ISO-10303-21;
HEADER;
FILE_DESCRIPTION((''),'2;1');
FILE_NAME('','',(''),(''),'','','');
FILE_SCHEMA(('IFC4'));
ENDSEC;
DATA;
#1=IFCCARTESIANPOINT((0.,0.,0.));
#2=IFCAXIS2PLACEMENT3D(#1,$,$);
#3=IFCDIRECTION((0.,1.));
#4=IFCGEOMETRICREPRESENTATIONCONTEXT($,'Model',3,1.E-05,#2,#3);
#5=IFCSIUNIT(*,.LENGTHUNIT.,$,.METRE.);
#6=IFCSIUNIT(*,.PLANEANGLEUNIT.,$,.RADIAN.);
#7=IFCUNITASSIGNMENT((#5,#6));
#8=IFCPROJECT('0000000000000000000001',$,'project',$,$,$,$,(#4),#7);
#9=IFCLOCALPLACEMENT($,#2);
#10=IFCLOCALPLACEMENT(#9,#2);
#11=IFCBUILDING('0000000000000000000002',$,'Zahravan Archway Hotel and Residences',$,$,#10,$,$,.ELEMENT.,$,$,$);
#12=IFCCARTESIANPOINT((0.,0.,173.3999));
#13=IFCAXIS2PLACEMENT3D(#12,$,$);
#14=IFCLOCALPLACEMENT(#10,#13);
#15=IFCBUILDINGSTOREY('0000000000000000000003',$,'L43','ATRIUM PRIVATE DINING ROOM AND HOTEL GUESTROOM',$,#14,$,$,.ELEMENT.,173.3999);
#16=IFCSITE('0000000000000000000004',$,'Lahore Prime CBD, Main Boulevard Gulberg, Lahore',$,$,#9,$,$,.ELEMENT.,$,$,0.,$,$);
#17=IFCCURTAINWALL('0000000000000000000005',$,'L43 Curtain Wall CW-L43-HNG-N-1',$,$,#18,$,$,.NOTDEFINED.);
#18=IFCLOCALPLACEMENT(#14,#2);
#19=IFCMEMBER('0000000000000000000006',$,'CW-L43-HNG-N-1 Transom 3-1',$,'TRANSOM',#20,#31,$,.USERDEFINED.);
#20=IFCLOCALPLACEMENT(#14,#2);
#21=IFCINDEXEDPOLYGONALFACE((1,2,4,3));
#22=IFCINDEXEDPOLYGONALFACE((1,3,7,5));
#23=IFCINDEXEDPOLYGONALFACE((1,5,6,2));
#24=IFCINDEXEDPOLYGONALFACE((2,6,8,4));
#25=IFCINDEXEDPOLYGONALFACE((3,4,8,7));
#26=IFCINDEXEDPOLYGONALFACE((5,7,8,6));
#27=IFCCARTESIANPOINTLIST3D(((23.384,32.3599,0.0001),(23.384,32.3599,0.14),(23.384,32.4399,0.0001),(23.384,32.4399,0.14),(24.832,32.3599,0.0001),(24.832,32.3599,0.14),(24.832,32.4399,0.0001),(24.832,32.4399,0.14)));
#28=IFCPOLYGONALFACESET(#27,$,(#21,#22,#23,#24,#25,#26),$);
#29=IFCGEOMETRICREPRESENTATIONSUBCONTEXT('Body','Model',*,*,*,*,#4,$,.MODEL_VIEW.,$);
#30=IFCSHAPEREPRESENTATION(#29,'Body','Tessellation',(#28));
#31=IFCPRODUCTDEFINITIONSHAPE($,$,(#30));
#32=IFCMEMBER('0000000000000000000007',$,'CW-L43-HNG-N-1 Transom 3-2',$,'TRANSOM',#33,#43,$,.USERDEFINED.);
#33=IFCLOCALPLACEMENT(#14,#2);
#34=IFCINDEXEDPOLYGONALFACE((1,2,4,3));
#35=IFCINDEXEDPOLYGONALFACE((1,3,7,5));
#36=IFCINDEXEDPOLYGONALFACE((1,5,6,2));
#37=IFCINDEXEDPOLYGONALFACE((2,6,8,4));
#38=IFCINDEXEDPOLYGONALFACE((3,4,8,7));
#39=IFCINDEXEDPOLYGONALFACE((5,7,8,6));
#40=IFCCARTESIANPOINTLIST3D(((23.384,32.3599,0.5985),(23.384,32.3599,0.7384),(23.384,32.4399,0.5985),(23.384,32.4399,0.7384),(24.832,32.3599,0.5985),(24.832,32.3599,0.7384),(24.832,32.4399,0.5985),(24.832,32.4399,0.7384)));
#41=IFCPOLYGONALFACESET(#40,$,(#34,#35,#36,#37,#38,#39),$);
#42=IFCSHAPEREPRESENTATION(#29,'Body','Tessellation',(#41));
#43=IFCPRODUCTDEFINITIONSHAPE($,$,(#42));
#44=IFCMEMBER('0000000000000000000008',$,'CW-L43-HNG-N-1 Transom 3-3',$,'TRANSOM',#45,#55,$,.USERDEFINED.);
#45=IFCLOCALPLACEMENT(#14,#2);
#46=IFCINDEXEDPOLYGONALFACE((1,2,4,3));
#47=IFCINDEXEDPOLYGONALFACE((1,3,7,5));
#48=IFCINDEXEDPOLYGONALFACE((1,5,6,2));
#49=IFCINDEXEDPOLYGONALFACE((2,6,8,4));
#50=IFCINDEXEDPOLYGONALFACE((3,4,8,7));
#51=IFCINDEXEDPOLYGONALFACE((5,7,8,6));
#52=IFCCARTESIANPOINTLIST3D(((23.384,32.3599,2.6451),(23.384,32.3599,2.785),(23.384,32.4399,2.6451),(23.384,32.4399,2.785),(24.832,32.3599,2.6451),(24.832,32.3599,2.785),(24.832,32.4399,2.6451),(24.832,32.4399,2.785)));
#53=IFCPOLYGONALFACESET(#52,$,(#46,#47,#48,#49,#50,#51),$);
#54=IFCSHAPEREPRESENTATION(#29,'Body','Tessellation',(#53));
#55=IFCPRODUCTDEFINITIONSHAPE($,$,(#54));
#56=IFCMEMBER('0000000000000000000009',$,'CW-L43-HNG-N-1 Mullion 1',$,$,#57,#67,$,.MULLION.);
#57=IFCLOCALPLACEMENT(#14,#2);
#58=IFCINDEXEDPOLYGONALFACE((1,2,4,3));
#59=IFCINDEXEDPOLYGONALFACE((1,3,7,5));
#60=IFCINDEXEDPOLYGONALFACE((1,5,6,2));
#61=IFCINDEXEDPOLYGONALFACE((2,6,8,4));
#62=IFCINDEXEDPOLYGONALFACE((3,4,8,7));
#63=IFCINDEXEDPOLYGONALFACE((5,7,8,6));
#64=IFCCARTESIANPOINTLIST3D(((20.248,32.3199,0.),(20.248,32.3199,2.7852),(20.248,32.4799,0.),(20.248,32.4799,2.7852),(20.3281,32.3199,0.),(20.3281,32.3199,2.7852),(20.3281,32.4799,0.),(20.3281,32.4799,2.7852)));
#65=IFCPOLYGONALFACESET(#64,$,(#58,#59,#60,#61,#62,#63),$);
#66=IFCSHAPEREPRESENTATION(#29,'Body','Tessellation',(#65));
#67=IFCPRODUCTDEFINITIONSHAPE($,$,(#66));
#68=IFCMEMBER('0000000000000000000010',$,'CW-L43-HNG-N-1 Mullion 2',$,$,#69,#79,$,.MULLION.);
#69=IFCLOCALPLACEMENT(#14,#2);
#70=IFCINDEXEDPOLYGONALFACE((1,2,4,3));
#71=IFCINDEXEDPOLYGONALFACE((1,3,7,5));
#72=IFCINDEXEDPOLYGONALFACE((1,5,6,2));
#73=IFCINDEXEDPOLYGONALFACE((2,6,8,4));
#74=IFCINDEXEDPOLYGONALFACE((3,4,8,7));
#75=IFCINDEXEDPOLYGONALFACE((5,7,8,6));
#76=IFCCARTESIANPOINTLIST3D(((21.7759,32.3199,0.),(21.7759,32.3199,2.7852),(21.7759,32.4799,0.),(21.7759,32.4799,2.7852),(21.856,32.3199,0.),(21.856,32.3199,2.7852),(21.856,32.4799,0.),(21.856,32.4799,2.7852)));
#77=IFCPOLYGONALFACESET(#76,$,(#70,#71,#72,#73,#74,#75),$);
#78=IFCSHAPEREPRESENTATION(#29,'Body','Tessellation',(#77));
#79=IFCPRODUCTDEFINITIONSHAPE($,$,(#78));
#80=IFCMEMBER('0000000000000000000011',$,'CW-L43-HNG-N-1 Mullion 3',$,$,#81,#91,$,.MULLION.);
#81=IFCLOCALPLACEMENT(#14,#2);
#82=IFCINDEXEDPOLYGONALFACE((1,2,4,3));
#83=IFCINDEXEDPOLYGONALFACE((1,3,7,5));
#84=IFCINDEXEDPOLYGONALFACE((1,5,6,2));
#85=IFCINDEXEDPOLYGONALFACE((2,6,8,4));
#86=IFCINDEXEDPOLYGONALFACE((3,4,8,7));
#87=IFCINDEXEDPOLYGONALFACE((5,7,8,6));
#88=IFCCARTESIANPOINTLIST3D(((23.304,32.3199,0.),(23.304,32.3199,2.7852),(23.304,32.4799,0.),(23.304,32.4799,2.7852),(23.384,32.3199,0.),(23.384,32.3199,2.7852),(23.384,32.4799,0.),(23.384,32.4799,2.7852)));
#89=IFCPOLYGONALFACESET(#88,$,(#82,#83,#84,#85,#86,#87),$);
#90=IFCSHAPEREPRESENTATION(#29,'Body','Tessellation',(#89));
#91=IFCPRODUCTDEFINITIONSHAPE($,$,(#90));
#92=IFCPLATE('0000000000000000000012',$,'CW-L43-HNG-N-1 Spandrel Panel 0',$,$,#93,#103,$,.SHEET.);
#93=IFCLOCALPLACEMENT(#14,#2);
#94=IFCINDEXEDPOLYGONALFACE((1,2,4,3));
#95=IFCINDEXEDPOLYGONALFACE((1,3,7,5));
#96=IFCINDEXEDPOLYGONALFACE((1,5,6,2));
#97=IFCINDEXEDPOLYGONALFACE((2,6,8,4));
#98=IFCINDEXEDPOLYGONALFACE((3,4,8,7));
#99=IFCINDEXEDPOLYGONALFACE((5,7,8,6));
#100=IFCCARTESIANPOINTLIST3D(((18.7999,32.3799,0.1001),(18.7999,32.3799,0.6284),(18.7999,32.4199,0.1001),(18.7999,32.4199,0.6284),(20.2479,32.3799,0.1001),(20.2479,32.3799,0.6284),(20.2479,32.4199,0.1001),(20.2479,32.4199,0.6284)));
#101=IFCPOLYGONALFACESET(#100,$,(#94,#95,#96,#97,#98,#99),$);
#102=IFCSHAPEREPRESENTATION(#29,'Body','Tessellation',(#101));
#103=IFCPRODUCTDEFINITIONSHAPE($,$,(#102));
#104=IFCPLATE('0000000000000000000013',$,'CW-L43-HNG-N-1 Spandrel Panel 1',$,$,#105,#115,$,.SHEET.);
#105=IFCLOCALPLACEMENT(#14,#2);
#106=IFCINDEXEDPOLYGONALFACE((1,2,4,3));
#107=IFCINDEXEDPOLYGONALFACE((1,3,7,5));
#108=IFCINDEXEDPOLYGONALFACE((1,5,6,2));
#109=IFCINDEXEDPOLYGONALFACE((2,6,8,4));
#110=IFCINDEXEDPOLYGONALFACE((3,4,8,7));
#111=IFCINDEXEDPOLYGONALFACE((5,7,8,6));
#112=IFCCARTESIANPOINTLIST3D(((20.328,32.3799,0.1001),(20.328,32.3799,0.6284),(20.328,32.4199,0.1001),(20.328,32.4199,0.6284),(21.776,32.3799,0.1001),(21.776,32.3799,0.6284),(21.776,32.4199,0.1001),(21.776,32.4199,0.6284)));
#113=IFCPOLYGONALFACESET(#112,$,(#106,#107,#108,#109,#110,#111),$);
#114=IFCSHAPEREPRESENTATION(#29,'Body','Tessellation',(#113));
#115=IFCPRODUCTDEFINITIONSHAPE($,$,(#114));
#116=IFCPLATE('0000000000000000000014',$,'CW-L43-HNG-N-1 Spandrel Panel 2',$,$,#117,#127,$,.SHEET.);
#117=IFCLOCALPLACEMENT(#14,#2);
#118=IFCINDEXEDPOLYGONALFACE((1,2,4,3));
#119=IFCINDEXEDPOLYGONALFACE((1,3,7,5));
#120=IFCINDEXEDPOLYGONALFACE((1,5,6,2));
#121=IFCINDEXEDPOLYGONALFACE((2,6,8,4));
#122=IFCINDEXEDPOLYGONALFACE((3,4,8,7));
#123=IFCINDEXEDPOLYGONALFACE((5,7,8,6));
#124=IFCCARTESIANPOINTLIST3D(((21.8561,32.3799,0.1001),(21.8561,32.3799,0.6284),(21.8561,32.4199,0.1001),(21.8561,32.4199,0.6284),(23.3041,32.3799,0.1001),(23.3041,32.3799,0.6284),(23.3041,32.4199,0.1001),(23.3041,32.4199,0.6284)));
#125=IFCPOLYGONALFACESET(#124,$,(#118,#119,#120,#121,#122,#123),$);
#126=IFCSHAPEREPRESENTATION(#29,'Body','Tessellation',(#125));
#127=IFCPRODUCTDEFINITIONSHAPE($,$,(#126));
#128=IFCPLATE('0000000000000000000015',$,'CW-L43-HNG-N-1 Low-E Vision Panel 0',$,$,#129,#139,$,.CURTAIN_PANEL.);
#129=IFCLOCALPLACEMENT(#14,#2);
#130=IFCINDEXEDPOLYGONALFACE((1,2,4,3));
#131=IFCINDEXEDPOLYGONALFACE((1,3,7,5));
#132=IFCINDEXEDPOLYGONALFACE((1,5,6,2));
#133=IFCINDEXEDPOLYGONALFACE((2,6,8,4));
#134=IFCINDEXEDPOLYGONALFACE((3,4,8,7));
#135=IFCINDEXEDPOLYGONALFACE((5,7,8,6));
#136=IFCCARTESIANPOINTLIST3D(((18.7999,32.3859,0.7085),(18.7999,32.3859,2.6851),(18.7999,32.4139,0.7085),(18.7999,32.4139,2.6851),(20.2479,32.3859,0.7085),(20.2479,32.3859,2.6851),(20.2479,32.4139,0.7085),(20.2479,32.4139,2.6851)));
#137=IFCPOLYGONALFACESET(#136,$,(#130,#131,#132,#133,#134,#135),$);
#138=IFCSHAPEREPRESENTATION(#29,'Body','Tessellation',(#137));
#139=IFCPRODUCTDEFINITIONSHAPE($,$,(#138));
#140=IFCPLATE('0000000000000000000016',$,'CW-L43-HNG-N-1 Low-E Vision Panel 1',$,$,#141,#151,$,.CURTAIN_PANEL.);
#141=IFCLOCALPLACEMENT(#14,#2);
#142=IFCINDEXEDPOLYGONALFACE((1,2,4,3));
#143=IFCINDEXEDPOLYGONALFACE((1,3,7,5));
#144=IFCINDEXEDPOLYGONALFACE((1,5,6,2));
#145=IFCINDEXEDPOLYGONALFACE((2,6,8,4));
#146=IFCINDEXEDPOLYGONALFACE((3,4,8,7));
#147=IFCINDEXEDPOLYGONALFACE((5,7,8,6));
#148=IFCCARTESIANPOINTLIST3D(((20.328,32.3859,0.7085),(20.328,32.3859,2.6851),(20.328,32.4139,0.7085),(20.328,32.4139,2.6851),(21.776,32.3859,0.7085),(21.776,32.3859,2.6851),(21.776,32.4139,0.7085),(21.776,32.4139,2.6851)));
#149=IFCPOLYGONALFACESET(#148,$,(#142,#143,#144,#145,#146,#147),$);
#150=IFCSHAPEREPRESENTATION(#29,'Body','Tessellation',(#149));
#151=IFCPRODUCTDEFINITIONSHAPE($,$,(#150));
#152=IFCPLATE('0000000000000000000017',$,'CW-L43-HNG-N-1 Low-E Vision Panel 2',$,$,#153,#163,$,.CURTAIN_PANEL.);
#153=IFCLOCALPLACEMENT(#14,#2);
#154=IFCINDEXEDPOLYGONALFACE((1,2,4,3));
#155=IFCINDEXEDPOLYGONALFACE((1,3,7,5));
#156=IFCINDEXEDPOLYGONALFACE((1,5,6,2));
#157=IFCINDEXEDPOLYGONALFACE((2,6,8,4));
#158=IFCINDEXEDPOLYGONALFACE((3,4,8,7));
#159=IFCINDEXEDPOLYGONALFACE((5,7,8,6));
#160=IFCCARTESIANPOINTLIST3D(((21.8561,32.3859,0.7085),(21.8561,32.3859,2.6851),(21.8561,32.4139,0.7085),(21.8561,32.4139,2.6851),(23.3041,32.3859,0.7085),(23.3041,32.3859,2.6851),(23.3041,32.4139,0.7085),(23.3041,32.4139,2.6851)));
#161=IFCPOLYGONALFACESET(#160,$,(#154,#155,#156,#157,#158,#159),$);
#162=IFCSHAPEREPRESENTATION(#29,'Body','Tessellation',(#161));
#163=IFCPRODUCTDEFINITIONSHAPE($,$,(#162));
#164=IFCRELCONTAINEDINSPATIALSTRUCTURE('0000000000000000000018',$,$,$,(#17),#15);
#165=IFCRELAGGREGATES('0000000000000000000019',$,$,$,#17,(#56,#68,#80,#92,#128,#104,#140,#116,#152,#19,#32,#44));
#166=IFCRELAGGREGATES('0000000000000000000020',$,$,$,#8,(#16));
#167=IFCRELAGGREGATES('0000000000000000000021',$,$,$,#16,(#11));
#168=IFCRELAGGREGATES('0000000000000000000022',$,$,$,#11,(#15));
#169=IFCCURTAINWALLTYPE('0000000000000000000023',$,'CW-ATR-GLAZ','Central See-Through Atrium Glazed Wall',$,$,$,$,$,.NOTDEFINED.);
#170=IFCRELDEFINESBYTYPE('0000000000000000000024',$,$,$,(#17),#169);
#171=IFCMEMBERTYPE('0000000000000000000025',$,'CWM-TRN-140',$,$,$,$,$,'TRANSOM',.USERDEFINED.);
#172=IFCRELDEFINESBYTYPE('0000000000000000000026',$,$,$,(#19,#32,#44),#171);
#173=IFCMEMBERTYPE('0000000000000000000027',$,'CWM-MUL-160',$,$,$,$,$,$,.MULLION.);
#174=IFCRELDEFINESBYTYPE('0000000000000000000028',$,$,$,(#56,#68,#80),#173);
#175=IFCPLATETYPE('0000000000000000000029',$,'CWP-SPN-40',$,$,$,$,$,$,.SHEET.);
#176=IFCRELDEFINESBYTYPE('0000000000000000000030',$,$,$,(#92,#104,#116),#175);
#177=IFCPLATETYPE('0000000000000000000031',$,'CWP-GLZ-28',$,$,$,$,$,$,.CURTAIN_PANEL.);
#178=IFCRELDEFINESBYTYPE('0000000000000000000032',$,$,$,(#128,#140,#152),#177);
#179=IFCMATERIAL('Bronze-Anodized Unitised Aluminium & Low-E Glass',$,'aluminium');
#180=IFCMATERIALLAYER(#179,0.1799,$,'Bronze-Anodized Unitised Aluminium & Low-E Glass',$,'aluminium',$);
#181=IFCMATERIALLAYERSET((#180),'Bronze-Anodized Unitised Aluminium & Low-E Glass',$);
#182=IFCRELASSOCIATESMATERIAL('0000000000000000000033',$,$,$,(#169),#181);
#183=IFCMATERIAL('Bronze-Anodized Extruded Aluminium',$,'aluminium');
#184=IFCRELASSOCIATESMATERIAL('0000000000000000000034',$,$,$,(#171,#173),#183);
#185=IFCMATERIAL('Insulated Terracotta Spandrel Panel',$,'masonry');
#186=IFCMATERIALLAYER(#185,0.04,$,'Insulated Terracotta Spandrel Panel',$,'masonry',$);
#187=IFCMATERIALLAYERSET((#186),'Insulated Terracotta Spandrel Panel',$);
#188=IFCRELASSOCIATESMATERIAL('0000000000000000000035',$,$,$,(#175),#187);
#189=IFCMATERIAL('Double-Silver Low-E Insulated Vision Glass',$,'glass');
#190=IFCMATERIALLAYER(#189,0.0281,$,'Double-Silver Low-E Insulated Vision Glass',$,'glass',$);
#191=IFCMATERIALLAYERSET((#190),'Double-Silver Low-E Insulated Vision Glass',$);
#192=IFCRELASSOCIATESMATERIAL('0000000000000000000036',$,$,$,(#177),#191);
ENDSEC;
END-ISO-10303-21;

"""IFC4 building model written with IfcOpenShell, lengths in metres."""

from ifc_helpers import new_model, si_unit, direction, frame, origin, origin_2d, place, context, subcontext, project, spatial, rectangle, extrude, source, transform, mapped, material, layer, layer_set, material_profile, profile_set, type_object, element, aggregate, save


model = new_model("IFC4")

# Units and contexts
model_context = context("Model", 3, precision=1e-05, world=origin(), true_north=direction((0.0, 1.0)))
body_context = subcontext(model_context, "Body", "Model", "MODEL_VIEW")
ifc_project = project(units=[si_unit("LENGTHUNIT", "METRE"), si_unit("PLANEANGLEUNIT", "RADIAN")], contexts=[model_context])

# Site, building, storey
site_placement = place(None, origin())
site = spatial("IfcSite", under=ifc_project, at=site_placement, Name="Lahore Prime CBD, Main Boulevard Gulberg, Lahore", CompositionType="ELEMENT", RefElevation=0.0)
building_placement = place(site_placement, origin())
building = spatial("IfcBuilding", under=site, at=building_placement, Name="Zahravan Archway Hotel and Residences", CompositionType="ELEMENT")
storey_placement = place(building_placement, frame((0.0, 0.0, 173.3999)))
storey = spatial("IfcBuildingStorey", under=building, at=storey_placement, Name="L43", Description="ATRIUM PRIVATE DINING ROOM AND HOTEL GUESTROOM", CompositionType="ELEMENT", Elevation=173.3999)

# Curtain wall, members, plates
ifc_material_1 = material(Name="Bronze-Anodized Unitised Aluminium & Low-E Glass", Category="aluminium")
ifc_layer_1 = layer(ifc_material_1, 0.1799, Name="Bronze-Anodized Unitised Aluminium & Low-E Glass", Category="aluminium")
ifc_layer_set_1 = layer_set([ifc_layer_1], Name="Bronze-Anodized Unitised Aluminium & Low-E Glass")
curtain_wall_type = type_object("IfcCurtainWallType", Name="CW-ATR-GLAZ", Description="Central See-Through Atrium Glazed Wall", PredefinedType="NOTDEFINED", material=ifc_layer_set_1)
curtain_wall_placement = place(storey_placement, origin())
curtain_wall = element("IfcCurtainWall", 1, at=curtain_wall_placement, inside=storey, type_object=curtain_wall_type, Name="L43 Curtain Wall CW-L43-HNG-N-1", PredefinedType="NOTDEFINED")
ifc_material_2 = material(Name="Bronze-Anodized Extruded Aluminium", Category="aluminium")
ifc_material_profile_1 = material_profile(ifc_material_2, rectangle(XDim=0.0801, YDim=0.1399, at=origin_2d()), Name="TRN 80x140", Category="aluminium")
ifc_profile_set_1 = profile_set([ifc_material_profile_1], Name="Bronze-Anodized Extruded Aluminium")
member_type_1 = type_object("IfcMemberType", Name="CWM-TRN-140", ElementType="TRANSOM", PredefinedType="USERDEFINED", material=ifc_profile_set_1)
shared_shape_1 = source(origin(), body_context, "Body", "SweptSolid", [
    extrude(rectangle(XDim=0.0801, YDim=0.1399, at=origin_2d()), origin(), (0.0, 0.0, 1.0), 1.448),
])
member_1_placement = place(storey_placement, frame((23.384, 32.3999, 0.0701), z_axis=(1.0, 0.0, 0.0), x_axis=(0.0, 1.0, 0.0)))
member_1 = element("IfcMember", 2, at=member_1_placement, type_object=member_type_1, Name="CW-L43-HNG-N-1 Transom 3-1", ObjectType="TRANSOM", PredefinedType="USERDEFINED", context=body_context, shape_type="MappedRepresentation", body=[
    mapped(shared_shape_1, transform((0.0, 0.0, 0.0), scale=1.0)),
])
member_2_placement = place(storey_placement, frame((23.384, 32.3999, 0.6685), z_axis=(1.0, 0.0, 0.0), x_axis=(0.0, 1.0, 0.0)))
member_2 = element("IfcMember", 3, at=member_2_placement, type_object=member_type_1, Name="CW-L43-HNG-N-1 Transom 3-2", ObjectType="TRANSOM", PredefinedType="USERDEFINED", context=body_context, shape_type="MappedRepresentation", body=[
    mapped(shared_shape_1, transform((0.0, 0.0, 0.0), scale=1.0)),
])
member_3_placement = place(storey_placement, frame((23.384, 32.3999, 2.7151), z_axis=(1.0, 0.0, 0.0), x_axis=(0.0, 1.0, 0.0)))
member_3 = element("IfcMember", 4, at=member_3_placement, type_object=member_type_1, Name="CW-L43-HNG-N-1 Transom 3-3", ObjectType="TRANSOM", PredefinedType="USERDEFINED", context=body_context, shape_type="MappedRepresentation", body=[
    mapped(shared_shape_1, transform((0.0, 0.0, 0.0), scale=1.0)),
])
ifc_material_profile_2 = material_profile(ifc_material_2, rectangle(XDim=0.0801, YDim=0.1599, at=origin_2d()), Name="MUL 80x160", Category="aluminium")
ifc_profile_set_2 = profile_set([ifc_material_profile_2], Name="Bronze-Anodized Extruded Aluminium")
member_type_2 = type_object("IfcMemberType", Name="CWM-MUL-160", PredefinedType="MULLION", material=ifc_profile_set_2)
shared_shape_2 = source(origin(), body_context, "Body", "SweptSolid", [
    extrude(rectangle(XDim=0.0801, YDim=0.1599, at=origin_2d()), origin(), (0.0, 0.0, 1.0), 2.7852),
])
member_4_placement = place(storey_placement, frame((20.2881, 32.3999, 0.0), z_axis=(0.0, 0.0, 1.0), x_axis=(1.0, 0.0, 0.0)))
member_4 = element("IfcMember", 5, at=member_4_placement, type_object=member_type_2, Name="CW-L43-HNG-N-1 Mullion 1", PredefinedType="MULLION", context=body_context, shape_type="MappedRepresentation", body=[
    mapped(shared_shape_2, transform((0.0, 0.0, 0.0), scale=1.0)),
])
member_5_placement = place(storey_placement, frame((21.8159, 32.3999, 0.0), z_axis=(0.0, 0.0, 1.0), x_axis=(1.0, 0.0, 0.0)))
member_5 = element("IfcMember", 6, at=member_5_placement, type_object=member_type_2, Name="CW-L43-HNG-N-1 Mullion 2", PredefinedType="MULLION", context=body_context, shape_type="MappedRepresentation", body=[
    mapped(shared_shape_2, transform((0.0, 0.0, 0.0), scale=1.0)),
])
member_6_placement = place(storey_placement, frame((23.344, 32.3999, 0.0), z_axis=(0.0, 0.0, 1.0), x_axis=(1.0, 0.0, 0.0)))
member_6 = element("IfcMember", 7, at=member_6_placement, type_object=member_type_2, Name="CW-L43-HNG-N-1 Mullion 3", PredefinedType="MULLION", context=body_context, shape_type="MappedRepresentation", body=[
    mapped(shared_shape_2, transform((0.0, 0.0, 0.0), scale=1.0)),
])
ifc_material_3 = material(Name="Insulated Terracotta Spandrel Panel", Category="masonry")
ifc_layer_2 = layer(ifc_material_3, 0.04, Name="Insulated Terracotta Spandrel Panel", Category="masonry")
ifc_layer_set_2 = layer_set([ifc_layer_2], Name="Insulated Terracotta Spandrel Panel")
plate_type_1 = type_object("IfcPlateType", Name="CWP-SPN-40", PredefinedType="SHEET", material=ifc_layer_set_2)
shared_shape_3 = source(origin(), body_context, "Body", "SweptSolid", [
    extrude(rectangle(XDim=1.448, YDim=0.04, at=origin_2d()), origin(), (0.0, 0.0, 1.0), 0.5283),
])
plate_1_placement = place(storey_placement, frame((19.5239, 32.3999, 0.1001), z_axis=(0.0, 0.0, 1.0), x_axis=(1.0, 0.0, 0.0)))
plate_1 = element("IfcPlate", 8, at=plate_1_placement, type_object=plate_type_1, Name="CW-L43-HNG-N-1 Spandrel Panel 0", PredefinedType="SHEET", context=body_context, shape_type="MappedRepresentation", body=[
    mapped(shared_shape_3, transform((0.0, 0.0, 0.0), scale=1.0)),
])
plate_2_placement = place(storey_placement, frame((21.052, 32.3999, 0.1001), z_axis=(0.0, 0.0, 1.0), x_axis=(1.0, 0.0, 0.0)))
plate_2 = element("IfcPlate", 9, at=plate_2_placement, type_object=plate_type_1, Name="CW-L43-HNG-N-1 Spandrel Panel 1", PredefinedType="SHEET", context=body_context, shape_type="MappedRepresentation", body=[
    mapped(shared_shape_3, transform((0.0, 0.0, 0.0), scale=1.0)),
])
plate_3_placement = place(storey_placement, frame((22.5801, 32.3999, 0.1001), z_axis=(0.0, 0.0, 1.0), x_axis=(1.0, 0.0, 0.0)))
plate_3 = element("IfcPlate", 10, at=plate_3_placement, type_object=plate_type_1, Name="CW-L43-HNG-N-1 Spandrel Panel 2", PredefinedType="SHEET", context=body_context, shape_type="MappedRepresentation", body=[
    mapped(shared_shape_3, transform((0.0, 0.0, 0.0), scale=1.0)),
])
ifc_material_4 = material(Name="Double-Silver Low-E Insulated Vision Glass", Category="glass")
ifc_layer_3 = layer(ifc_material_4, 0.0281, Name="Double-Silver Low-E Insulated Vision Glass", Category="glass")
ifc_layer_set_3 = layer_set([ifc_layer_3], Name="Double-Silver Low-E Insulated Vision Glass")
plate_type_2 = type_object("IfcPlateType", Name="CWP-GLZ-28", PredefinedType="CURTAIN_PANEL", material=ifc_layer_set_3)
shared_shape_4 = source(origin(), body_context, "Body", "SweptSolid", [
    extrude(rectangle(XDim=1.448, YDim=0.0281, at=origin_2d()), origin(), (0.0, 0.0, 1.0), 1.9766),
])
plate_4_placement = place(storey_placement, frame((19.5239, 32.3999, 0.7085), z_axis=(0.0, 0.0, 1.0), x_axis=(1.0, 0.0, 0.0)))
plate_4 = element("IfcPlate", 11, at=plate_4_placement, type_object=plate_type_2, Name="CW-L43-HNG-N-1 Low-E Vision Panel 0", PredefinedType="CURTAIN_PANEL", context=body_context, shape_type="MappedRepresentation", body=[
    mapped(shared_shape_4, transform((0.0, 0.0, 0.0), scale=1.0)),
])
plate_5_placement = place(storey_placement, frame((21.052, 32.3999, 0.7085), z_axis=(0.0, 0.0, 1.0), x_axis=(1.0, 0.0, 0.0)))
plate_5 = element("IfcPlate", 12, at=plate_5_placement, type_object=plate_type_2, Name="CW-L43-HNG-N-1 Low-E Vision Panel 1", PredefinedType="CURTAIN_PANEL", context=body_context, shape_type="MappedRepresentation", body=[
    mapped(shared_shape_4, transform((0.0, 0.0, 0.0), scale=1.0)),
])
plate_6_placement = place(storey_placement, frame((22.5801, 32.3999, 0.7085), z_axis=(0.0, 0.0, 1.0), x_axis=(1.0, 0.0, 0.0)))
plate_6 = element("IfcPlate", 13, at=plate_6_placement, type_object=plate_type_2, Name="CW-L43-HNG-N-1 Low-E Vision Panel 2", PredefinedType="CURTAIN_PANEL", context=body_context, shape_type="MappedRepresentation", body=[
    mapped(shared_shape_4, transform((0.0, 0.0, 0.0), scale=1.0)),
])
aggregate(curtain_wall, [member_4, member_5, member_6, plate_1, plate_4, plate_2, plate_5, plate_3, plate_6, member_1, member_2, member_3])

save(model, "model.ifc")
